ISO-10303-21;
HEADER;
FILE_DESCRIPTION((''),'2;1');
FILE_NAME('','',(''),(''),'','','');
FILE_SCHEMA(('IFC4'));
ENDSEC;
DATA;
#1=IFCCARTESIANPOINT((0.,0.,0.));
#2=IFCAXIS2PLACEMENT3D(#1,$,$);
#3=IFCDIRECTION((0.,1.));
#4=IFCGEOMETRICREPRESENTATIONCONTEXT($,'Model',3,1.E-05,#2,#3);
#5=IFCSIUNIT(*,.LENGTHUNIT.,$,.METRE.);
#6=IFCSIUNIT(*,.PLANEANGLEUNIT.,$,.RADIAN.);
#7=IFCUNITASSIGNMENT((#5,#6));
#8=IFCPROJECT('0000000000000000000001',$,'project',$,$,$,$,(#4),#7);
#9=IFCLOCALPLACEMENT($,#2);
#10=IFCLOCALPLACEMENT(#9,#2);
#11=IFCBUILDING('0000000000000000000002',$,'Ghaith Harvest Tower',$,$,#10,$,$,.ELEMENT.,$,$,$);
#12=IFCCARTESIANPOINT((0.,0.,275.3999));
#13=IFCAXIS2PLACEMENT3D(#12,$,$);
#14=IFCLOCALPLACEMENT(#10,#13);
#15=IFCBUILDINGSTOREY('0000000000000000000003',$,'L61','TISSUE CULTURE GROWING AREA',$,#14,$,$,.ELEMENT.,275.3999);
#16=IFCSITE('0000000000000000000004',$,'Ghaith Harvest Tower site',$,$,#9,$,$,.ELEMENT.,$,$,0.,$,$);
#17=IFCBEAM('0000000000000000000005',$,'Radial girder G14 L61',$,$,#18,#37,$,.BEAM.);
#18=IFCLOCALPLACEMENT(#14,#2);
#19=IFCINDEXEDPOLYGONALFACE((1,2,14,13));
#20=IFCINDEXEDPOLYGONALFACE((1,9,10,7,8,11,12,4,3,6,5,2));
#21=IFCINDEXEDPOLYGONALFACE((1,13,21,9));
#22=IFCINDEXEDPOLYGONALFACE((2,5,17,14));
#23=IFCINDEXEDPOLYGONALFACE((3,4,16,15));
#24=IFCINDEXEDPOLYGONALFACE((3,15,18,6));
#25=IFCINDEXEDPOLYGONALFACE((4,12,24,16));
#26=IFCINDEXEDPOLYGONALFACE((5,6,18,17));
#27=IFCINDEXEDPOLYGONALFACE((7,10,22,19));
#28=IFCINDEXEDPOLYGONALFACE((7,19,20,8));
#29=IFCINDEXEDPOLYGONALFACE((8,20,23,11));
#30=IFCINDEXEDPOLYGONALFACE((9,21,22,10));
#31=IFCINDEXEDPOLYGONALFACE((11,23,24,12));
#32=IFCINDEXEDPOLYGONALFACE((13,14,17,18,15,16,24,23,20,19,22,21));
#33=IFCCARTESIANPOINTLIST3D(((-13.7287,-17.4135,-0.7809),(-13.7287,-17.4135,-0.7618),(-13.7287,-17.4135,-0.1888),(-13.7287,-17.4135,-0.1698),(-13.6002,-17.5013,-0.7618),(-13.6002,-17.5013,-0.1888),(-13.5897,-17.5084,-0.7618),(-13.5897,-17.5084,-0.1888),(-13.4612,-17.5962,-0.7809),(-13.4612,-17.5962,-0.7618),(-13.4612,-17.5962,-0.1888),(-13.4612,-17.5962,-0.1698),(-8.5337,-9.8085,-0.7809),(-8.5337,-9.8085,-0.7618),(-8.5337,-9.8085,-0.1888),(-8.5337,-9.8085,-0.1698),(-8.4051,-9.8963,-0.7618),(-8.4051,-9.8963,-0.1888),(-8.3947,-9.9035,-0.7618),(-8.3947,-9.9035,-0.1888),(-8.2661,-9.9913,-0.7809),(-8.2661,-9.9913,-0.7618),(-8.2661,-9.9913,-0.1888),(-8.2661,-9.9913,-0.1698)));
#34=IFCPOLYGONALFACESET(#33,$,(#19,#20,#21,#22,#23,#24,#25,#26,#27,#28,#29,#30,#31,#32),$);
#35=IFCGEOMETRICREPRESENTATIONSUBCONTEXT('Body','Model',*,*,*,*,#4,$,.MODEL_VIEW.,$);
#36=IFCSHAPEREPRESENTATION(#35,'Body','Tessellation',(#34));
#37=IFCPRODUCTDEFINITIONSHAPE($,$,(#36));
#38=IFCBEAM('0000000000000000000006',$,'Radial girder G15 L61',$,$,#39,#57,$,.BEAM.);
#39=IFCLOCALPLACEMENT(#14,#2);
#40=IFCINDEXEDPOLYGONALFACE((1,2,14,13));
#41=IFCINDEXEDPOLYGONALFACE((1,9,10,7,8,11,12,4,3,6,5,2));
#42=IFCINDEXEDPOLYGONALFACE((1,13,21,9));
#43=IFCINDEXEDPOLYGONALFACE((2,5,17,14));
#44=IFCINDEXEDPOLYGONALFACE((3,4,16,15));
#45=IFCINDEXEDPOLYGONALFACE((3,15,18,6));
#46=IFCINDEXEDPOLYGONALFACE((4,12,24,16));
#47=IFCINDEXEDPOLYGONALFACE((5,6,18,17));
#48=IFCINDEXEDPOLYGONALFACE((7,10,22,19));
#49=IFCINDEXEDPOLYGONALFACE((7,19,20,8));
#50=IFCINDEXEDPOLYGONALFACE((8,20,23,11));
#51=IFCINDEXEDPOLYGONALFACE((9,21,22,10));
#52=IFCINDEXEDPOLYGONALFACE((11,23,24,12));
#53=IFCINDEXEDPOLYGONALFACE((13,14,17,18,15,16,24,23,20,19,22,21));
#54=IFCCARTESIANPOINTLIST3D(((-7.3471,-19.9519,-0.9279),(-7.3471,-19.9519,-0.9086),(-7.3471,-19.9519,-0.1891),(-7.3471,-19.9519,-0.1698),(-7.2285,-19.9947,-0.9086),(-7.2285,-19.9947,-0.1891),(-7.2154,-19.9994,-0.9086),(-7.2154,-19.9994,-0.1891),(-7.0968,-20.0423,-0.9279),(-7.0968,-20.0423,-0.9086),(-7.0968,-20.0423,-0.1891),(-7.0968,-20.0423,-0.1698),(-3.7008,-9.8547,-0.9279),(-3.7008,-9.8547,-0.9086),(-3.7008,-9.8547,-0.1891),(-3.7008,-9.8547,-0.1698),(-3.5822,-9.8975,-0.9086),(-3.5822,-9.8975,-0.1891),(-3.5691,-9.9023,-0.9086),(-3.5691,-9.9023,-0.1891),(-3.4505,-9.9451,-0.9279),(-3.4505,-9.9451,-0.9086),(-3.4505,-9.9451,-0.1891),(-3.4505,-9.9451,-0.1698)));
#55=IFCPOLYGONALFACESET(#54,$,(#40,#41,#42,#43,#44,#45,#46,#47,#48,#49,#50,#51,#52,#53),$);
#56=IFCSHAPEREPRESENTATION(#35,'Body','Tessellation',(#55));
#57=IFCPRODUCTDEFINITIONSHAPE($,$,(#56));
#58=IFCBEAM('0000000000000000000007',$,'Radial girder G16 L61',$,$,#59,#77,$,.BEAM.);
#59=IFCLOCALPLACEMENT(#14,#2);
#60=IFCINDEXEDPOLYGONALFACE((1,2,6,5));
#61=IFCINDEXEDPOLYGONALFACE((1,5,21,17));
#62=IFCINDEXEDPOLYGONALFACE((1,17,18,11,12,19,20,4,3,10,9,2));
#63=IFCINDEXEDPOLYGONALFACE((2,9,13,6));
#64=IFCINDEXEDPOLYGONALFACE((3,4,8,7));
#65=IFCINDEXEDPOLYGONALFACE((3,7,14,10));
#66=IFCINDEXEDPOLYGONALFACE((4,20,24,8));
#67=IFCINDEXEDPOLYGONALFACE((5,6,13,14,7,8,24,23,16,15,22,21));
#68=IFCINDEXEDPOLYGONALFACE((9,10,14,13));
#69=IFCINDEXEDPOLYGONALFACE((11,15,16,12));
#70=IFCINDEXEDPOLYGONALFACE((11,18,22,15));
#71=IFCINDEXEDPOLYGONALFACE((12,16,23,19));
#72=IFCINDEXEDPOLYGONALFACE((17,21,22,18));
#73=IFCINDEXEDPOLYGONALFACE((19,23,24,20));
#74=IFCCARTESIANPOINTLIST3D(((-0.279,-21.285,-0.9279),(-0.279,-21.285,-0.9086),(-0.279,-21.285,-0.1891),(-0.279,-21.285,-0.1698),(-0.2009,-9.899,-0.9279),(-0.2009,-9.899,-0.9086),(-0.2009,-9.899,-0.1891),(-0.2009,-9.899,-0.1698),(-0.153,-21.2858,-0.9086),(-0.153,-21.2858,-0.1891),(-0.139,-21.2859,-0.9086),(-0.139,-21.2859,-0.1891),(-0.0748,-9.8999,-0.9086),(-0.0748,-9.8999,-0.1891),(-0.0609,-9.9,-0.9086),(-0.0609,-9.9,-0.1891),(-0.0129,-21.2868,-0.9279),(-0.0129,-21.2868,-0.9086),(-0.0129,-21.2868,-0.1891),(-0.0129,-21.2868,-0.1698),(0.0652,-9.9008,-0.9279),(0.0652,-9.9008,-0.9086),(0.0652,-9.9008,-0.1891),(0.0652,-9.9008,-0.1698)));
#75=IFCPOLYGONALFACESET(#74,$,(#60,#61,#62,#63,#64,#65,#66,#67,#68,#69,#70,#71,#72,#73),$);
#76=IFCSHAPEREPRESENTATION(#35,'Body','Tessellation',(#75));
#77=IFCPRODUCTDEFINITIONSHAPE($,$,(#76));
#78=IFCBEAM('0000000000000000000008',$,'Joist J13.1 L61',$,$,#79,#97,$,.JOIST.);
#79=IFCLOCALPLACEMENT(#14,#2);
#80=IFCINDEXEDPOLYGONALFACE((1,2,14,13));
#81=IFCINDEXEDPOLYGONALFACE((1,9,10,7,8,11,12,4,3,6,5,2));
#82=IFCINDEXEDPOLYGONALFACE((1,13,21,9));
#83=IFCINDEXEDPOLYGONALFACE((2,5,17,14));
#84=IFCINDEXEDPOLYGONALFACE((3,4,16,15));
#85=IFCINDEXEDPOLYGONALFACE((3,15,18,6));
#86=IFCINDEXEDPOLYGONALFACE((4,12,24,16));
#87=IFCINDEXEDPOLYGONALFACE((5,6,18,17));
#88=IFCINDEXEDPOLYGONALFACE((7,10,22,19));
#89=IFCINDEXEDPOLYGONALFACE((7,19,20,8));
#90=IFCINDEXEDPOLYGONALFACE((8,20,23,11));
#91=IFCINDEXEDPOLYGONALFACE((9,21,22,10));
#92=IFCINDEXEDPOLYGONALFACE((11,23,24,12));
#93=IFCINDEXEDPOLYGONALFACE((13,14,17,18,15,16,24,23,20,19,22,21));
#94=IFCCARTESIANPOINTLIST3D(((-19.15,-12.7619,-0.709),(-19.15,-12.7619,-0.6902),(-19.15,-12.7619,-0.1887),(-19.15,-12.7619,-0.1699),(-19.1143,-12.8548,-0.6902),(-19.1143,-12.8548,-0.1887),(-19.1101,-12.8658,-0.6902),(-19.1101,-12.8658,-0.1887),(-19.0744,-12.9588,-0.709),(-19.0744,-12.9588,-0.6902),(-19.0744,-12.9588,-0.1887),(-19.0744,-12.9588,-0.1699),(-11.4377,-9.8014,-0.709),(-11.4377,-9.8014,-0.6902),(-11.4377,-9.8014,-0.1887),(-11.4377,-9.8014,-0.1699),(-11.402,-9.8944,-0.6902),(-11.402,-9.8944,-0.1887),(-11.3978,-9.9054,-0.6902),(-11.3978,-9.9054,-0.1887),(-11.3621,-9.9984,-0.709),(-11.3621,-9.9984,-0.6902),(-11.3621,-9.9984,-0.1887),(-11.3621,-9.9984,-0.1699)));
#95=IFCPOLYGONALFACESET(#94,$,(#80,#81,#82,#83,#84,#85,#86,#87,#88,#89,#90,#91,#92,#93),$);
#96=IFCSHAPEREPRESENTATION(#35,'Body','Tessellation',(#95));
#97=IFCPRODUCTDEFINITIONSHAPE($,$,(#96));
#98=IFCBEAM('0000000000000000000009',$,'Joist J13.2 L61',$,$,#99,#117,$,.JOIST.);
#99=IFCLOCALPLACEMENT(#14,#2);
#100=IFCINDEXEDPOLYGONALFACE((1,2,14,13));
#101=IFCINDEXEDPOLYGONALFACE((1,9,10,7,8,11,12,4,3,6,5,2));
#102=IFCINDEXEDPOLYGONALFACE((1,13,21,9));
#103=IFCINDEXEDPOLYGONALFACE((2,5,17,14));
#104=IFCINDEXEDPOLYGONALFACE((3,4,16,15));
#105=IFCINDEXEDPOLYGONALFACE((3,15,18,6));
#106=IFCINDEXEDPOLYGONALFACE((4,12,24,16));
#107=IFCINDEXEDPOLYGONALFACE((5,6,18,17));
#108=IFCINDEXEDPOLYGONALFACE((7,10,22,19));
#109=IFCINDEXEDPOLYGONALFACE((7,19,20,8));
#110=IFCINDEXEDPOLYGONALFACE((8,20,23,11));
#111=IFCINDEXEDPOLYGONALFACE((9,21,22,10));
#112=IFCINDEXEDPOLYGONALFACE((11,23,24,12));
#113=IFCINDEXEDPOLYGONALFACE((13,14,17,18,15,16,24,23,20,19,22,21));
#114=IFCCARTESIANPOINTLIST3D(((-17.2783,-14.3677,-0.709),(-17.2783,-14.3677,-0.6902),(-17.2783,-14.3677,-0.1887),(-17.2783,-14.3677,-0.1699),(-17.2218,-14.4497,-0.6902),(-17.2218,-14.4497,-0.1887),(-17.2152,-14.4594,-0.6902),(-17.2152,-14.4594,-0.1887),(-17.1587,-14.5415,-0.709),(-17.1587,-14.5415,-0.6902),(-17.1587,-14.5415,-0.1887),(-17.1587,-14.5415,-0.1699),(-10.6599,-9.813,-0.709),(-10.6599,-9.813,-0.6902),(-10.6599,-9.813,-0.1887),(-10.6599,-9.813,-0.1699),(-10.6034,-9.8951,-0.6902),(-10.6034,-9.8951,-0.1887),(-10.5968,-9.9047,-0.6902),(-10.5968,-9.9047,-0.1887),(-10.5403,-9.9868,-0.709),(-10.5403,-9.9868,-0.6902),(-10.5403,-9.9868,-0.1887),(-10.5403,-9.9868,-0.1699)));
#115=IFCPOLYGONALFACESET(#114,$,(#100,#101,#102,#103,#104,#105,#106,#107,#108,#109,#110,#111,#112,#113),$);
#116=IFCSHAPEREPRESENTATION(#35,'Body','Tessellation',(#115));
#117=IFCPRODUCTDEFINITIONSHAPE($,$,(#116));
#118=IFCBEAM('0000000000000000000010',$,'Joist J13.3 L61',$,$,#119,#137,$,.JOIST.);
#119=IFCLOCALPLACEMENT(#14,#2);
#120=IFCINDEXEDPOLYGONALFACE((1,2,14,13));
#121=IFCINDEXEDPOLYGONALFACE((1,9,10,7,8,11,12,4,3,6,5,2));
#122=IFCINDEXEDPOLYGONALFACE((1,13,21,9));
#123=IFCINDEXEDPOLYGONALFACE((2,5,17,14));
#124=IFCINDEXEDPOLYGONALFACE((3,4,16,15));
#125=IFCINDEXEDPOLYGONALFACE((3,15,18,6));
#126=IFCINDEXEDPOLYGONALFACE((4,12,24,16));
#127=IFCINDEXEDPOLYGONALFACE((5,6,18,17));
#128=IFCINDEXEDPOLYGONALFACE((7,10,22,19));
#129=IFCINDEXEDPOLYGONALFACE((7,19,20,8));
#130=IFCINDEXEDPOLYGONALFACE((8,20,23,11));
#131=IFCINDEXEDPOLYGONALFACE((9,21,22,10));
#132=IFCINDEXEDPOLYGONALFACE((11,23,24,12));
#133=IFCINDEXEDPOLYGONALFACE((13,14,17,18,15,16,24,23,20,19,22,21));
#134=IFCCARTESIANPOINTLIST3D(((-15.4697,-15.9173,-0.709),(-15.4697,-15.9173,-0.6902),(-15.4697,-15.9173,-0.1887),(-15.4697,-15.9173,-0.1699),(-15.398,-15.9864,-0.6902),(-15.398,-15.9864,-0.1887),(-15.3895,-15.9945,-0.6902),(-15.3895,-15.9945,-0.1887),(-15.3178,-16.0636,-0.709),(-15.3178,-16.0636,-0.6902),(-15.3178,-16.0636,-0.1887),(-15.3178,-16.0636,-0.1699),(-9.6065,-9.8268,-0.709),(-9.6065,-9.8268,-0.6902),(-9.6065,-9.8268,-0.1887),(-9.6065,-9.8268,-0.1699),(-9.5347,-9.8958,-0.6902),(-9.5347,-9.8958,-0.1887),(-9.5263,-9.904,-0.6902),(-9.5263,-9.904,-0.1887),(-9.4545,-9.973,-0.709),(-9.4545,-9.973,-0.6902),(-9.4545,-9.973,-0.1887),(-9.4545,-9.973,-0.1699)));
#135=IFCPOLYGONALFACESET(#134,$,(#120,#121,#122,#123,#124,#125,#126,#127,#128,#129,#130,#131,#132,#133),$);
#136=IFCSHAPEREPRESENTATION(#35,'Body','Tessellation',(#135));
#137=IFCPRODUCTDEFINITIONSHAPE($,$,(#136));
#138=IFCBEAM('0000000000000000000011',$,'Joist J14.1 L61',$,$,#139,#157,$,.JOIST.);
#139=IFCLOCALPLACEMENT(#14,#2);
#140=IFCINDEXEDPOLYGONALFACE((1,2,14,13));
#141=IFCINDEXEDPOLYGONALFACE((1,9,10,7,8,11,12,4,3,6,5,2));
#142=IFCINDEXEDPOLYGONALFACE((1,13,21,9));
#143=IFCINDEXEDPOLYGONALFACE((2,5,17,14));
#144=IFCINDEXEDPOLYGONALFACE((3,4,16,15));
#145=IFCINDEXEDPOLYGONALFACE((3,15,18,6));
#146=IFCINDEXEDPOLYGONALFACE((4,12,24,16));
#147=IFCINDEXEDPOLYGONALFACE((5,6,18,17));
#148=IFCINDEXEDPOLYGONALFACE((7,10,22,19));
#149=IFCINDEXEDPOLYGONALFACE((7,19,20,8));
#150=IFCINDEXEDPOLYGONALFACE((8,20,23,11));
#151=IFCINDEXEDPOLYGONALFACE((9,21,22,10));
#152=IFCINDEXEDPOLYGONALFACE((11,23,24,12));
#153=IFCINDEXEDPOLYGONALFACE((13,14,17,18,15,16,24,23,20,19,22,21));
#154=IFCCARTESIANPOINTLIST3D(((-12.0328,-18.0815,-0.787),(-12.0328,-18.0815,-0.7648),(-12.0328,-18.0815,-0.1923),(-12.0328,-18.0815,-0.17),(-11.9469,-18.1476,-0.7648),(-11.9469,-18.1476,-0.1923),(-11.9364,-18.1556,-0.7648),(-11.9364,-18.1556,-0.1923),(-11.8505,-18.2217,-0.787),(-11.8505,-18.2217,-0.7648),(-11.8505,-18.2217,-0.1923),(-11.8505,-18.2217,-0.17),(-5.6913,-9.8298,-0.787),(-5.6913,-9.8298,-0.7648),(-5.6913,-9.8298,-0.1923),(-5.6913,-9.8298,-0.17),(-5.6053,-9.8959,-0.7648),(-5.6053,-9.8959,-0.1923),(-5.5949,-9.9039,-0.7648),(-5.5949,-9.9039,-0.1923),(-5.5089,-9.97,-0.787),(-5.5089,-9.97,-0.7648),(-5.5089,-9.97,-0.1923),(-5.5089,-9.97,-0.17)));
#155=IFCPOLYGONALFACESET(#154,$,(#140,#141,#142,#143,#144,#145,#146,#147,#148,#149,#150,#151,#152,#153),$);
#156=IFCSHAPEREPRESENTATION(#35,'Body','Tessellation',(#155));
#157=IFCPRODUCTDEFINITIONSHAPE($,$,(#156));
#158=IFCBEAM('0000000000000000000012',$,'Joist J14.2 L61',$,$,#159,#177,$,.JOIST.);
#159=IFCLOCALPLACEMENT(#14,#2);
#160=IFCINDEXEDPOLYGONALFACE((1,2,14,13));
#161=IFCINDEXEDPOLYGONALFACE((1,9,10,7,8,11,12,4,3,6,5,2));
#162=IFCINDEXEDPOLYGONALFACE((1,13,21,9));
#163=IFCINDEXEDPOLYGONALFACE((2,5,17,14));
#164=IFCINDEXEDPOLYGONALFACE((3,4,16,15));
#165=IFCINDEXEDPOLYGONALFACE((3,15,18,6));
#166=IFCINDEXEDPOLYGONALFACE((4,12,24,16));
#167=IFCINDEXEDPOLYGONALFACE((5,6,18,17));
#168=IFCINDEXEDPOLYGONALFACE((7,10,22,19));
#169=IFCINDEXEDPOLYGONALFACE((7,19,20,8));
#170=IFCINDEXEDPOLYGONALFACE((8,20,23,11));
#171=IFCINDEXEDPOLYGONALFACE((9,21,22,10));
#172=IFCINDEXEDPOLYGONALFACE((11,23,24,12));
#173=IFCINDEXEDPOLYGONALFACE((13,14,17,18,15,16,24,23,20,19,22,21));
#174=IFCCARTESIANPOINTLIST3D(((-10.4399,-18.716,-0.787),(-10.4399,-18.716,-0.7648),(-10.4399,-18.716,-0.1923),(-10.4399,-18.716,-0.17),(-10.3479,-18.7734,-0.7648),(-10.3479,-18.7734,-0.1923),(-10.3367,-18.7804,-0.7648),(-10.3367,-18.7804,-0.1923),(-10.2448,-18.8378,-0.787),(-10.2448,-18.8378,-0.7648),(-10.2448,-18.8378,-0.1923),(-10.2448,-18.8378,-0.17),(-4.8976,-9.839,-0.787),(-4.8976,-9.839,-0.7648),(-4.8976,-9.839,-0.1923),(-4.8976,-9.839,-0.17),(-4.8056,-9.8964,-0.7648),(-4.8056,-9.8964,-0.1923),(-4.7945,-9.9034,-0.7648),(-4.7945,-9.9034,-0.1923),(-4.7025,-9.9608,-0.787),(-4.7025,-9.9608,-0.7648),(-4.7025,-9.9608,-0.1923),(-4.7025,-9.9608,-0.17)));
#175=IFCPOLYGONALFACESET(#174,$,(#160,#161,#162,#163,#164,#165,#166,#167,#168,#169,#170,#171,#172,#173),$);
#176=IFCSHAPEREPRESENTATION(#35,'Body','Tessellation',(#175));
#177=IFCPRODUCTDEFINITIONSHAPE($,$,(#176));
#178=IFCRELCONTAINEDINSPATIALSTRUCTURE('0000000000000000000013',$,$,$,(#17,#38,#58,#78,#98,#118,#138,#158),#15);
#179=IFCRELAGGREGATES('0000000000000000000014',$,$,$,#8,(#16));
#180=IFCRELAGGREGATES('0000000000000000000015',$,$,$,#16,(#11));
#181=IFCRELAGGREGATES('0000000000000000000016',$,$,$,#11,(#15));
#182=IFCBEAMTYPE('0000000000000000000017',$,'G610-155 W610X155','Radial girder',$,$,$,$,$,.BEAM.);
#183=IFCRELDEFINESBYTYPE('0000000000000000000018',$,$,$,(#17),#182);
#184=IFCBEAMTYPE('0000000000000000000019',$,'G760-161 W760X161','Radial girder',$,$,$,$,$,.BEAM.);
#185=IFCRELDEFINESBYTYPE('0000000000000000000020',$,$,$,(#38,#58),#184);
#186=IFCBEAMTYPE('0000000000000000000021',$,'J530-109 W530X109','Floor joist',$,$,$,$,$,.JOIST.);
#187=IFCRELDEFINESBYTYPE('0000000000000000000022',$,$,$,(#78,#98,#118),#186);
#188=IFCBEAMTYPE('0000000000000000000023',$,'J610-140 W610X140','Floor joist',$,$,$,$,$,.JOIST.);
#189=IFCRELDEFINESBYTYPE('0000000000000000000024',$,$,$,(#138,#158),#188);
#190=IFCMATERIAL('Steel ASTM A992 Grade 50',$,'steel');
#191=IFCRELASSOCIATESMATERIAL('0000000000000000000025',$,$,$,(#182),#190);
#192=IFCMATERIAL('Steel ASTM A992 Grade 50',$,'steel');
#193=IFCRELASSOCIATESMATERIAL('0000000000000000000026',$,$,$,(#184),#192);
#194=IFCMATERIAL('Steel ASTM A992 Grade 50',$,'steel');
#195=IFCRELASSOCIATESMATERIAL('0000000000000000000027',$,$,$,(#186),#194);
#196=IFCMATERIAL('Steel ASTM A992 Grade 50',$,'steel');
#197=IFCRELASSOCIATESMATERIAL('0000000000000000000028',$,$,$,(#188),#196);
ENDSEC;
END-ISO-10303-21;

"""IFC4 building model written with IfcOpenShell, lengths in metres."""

from ifc_helpers import new_model, si_unit, direction, frame, origin, origin_2d, place, context, subcontext, project, spatial, i_section, extrude, material, material_profile, profile_set, type_object, element, save


model = new_model("IFC4")

# Units and contexts
model_context = context("Model", 3, precision=1e-05, world=origin(), true_north=direction((0.0, 1.0)))
body_context = subcontext(model_context, "Body", "Model", "MODEL_VIEW")
ifc_project = project(units=[si_unit("LENGTHUNIT", "METRE"), si_unit("PLANEANGLEUNIT", "RADIAN")], contexts=[model_context])

# Site, building, storey
site_placement = place(None, origin())
site = spatial("IfcSite", under=ifc_project, at=site_placement, Name="Ghaith Harvest Tower site", CompositionType="ELEMENT", RefElevation=0.0)
building_placement = place(site_placement, origin())
building = spatial("IfcBuilding", under=site, at=building_placement, Name="Ghaith Harvest Tower", CompositionType="ELEMENT")
storey_placement = place(building_placement, frame((0.0, 0.0, 275.3999)))
storey = spatial("IfcBuildingStorey", under=building, at=storey_placement, Name="L61", Description="TISSUE CULTURE GROWING AREA", CompositionType="ELEMENT", Elevation=275.3999)

# Beams
ifc_material_1 = material(Name="Steel ASTM A992 Grade 50", Category="steel")
ifc_material_profile_1 = material_profile(ifc_material_1, i_section(OverallWidth=0.324, OverallDepth=0.6111, WebThickness=0.0127, FlangeThickness=0.019, at=origin_2d()), Name="W610X155")
ifc_profile_set_1 = profile_set([ifc_material_profile_1], Name="Steel ASTM A992 Grade 50")
beam_type_1 = type_object("IfcBeamType", Name="G610-155 W610X155", Description="Radial girder", PredefinedType="BEAM", material=ifc_profile_set_1)
beam_1_placement = place(storey_placement, frame((-8.3999, -9.8999, -0.4753), z_axis=(-0.564067, -0.825729, 0.0), x_axis=(0.825729, -0.564067, 0.0)))
element("IfcBeam", 1, at=beam_1_placement, inside=storey, type_object=beam_type_1, Name="Radial girder G14 L61", PredefinedType="BEAM", context=body_context, shape_type="SweptSolid", body=[
    extrude(i_section(OverallWidth=0.324, OverallDepth=0.6111, WebThickness=0.0127, FlangeThickness=0.019, at=origin_2d()), origin(), (0.0, 0.0, 1.0), 9.21),
])
ifc_material_2 = material(Name="Steel ASTM A992 Grade 50", Category="steel")
ifc_material_profile_2 = material_profile(ifc_material_2, i_section(OverallWidth=0.2661, OverallDepth=0.7581, WebThickness=0.0139, FlangeThickness=0.0193, at=origin_2d()), Name="W760X161")
ifc_profile_set_2 = profile_set([ifc_material_profile_2], Name="Steel ASTM A992 Grade 50")
beam_type_2 = type_object("IfcBeamType", Name="G760-161 W760X161", Description="Radial girder", PredefinedType="BEAM", material=ifc_profile_set_2)
beam_2_placement = place(storey_placement, frame((-3.5757, -9.8999, -0.5488), z_axis=(-0.339648, -0.940553, 0.0), x_axis=(0.940553, -0.339648, 0.0)))
element("IfcBeam", 2, at=beam_2_placement, inside=storey, type_object=beam_type_2, Name="Radial girder G15 L61", PredefinedType="BEAM", context=body_context, shape_type="SweptSolid", body=[
    extrude(i_section(OverallWidth=0.2661, OverallDepth=0.7581, WebThickness=0.0139, FlangeThickness=0.0193, at=origin_2d()), origin(), (0.0, 0.0, 1.0), 10.7354),
])
beam_3_placement = place(storey_placement, frame((-0.0679, -9.8999, -0.5488), z_axis=(-0.006861, -0.999976, 0.0), x_axis=(0.999976, -0.006861, 0.0)))
element("IfcBeam", 3, at=beam_3_placement, inside=storey, type_object=beam_type_2, Name="Radial girder G16 L61", PredefinedType="BEAM", context=body_context, shape_type="SweptSolid", body=[
    extrude(i_section(OverallWidth=0.2661, OverallDepth=0.7581, WebThickness=0.0139, FlangeThickness=0.0193, at=origin_2d()), origin(), (0.0, 0.0, 1.0), 11.3862),
])
ifc_material_3 = material(Name="Steel ASTM A992 Grade 50", Category="steel")
ifc_material_profile_3 = material_profile(ifc_material_3, i_section(OverallWidth=0.2109, OverallDepth=0.5391, WebThickness=0.0117, FlangeThickness=0.0188, at=origin_2d()), Name="W530X109")
ifc_profile_set_3 = profile_set([ifc_material_profile_3], Name="Steel ASTM A992 Grade 50")
beam_type_3 = type_object("IfcBeamType", Name="J530-109 W530X109", Description="Floor joist", PredefinedType="JOIST", material=ifc_profile_set_3)
beam_4_placement = place(storey_placement, frame((-11.3999, -9.8999, -0.4395), z_axis=(-0.933583, -0.358361, 0.0), x_axis=(0.358361, -0.933583, 0.0)))
element("IfcBeam", 4, at=beam_4_placement, inside=storey, type_object=beam_type_3, Name="Joist J13.1 L61", PredefinedType="JOIST", context=body_context, shape_type="SweptSolid", body=[
    extrude(i_section(OverallWidth=0.2109, OverallDepth=0.5391, WebThickness=0.0117, FlangeThickness=0.0188, at=origin_2d()), origin(), (0.0, 0.0, 1.0), 8.261),
])
beam_5_placement = place(storey_placement, frame((-10.6001, -9.8999, -0.4395), z_axis=(-0.823779, -0.566912, 0.0), x_axis=(0.566912, -0.823779, 0.0)))
element("IfcBeam", 5, at=beam_5_placement, inside=storey, type_object=beam_type_3, Name="Joist J13.2 L61", PredefinedType="JOIST", context=body_context, shape_type="SweptSolid", body=[
    extrude(i_section(OverallWidth=0.2109, OverallDepth=0.5391, WebThickness=0.0117, FlangeThickness=0.0188, at=origin_2d()), origin(), (0.0, 0.0, 1.0), 8.0342),
])
beam_6_placement = place(storey_placement, frame((-9.5305, -9.8999, -0.4395), z_axis=(-0.693536, -0.720422, 0.0), x_axis=(0.720422, -0.693536, 0.0)))
element("IfcBeam", 6, at=beam_6_placement, inside=storey, type_object=beam_type_3, Name="Joist J13.3 L61", PredefinedType="JOIST", context=body_context, shape_type="SweptSolid", body=[
    extrude(i_section(OverallWidth=0.2109, OverallDepth=0.5391, WebThickness=0.0117, FlangeThickness=0.0188, at=origin_2d()), origin(), (0.0, 0.0, 1.0), 8.4541),
])
ifc_material_4 = material(Name="Steel ASTM A992 Grade 50", Category="steel")
ifc_material_profile_4 = material_profile(ifc_material_4, i_section(OverallWidth=0.23, OverallDepth=0.6169, WebThickness=0.0132, FlangeThickness=0.0222, at=origin_2d()), Name="W610X140")
ifc_profile_set_4 = profile_set([ifc_material_profile_4], Name="Steel ASTM A992 Grade 50")
beam_type_4 = type_object("IfcBeamType", Name="J610-140 W610X140", Description="Floor joist", PredefinedType="JOIST", material=ifc_profile_set_4)
beam_7_placement = place(storey_placement, frame((-5.6001, -9.8999, -0.4785), z_axis=(-0.609354, -0.792899, 0.0), x_axis=(0.792899, -0.609354, 0.0)))
element("IfcBeam", 7, at=beam_7_placement, inside=storey, type_object=beam_type_4, Name="Joist J14.1 L61", PredefinedType="JOIST", context=body_context, shape_type="SweptSolid", body=[
    extrude(i_section(OverallWidth=0.23, OverallDepth=0.6169, WebThickness=0.0132, FlangeThickness=0.0222, at=origin_2d()), origin(), (0.0, 0.0, 1.0), 10.407),
])
beam_8_placement = place(storey_placement, frame((-4.8, -9.8999, -0.4785), z_axis=(-0.529596, -0.84825, 0.0), x_axis=(0.84825, -0.529596, 0.0)))
element("IfcBeam", 8, at=beam_8_placement, inside=storey, type_object=beam_type_4, Name="Joist J14.2 L61", PredefinedType="JOIST", context=body_context, shape_type="SweptSolid", body=[
    extrude(i_section(OverallWidth=0.23, OverallDepth=0.6169, WebThickness=0.0132, FlangeThickness=0.0222, at=origin_2d()), origin(), (0.0, 0.0, 1.0), 10.4651),
])

save(model, "model.ifc")
